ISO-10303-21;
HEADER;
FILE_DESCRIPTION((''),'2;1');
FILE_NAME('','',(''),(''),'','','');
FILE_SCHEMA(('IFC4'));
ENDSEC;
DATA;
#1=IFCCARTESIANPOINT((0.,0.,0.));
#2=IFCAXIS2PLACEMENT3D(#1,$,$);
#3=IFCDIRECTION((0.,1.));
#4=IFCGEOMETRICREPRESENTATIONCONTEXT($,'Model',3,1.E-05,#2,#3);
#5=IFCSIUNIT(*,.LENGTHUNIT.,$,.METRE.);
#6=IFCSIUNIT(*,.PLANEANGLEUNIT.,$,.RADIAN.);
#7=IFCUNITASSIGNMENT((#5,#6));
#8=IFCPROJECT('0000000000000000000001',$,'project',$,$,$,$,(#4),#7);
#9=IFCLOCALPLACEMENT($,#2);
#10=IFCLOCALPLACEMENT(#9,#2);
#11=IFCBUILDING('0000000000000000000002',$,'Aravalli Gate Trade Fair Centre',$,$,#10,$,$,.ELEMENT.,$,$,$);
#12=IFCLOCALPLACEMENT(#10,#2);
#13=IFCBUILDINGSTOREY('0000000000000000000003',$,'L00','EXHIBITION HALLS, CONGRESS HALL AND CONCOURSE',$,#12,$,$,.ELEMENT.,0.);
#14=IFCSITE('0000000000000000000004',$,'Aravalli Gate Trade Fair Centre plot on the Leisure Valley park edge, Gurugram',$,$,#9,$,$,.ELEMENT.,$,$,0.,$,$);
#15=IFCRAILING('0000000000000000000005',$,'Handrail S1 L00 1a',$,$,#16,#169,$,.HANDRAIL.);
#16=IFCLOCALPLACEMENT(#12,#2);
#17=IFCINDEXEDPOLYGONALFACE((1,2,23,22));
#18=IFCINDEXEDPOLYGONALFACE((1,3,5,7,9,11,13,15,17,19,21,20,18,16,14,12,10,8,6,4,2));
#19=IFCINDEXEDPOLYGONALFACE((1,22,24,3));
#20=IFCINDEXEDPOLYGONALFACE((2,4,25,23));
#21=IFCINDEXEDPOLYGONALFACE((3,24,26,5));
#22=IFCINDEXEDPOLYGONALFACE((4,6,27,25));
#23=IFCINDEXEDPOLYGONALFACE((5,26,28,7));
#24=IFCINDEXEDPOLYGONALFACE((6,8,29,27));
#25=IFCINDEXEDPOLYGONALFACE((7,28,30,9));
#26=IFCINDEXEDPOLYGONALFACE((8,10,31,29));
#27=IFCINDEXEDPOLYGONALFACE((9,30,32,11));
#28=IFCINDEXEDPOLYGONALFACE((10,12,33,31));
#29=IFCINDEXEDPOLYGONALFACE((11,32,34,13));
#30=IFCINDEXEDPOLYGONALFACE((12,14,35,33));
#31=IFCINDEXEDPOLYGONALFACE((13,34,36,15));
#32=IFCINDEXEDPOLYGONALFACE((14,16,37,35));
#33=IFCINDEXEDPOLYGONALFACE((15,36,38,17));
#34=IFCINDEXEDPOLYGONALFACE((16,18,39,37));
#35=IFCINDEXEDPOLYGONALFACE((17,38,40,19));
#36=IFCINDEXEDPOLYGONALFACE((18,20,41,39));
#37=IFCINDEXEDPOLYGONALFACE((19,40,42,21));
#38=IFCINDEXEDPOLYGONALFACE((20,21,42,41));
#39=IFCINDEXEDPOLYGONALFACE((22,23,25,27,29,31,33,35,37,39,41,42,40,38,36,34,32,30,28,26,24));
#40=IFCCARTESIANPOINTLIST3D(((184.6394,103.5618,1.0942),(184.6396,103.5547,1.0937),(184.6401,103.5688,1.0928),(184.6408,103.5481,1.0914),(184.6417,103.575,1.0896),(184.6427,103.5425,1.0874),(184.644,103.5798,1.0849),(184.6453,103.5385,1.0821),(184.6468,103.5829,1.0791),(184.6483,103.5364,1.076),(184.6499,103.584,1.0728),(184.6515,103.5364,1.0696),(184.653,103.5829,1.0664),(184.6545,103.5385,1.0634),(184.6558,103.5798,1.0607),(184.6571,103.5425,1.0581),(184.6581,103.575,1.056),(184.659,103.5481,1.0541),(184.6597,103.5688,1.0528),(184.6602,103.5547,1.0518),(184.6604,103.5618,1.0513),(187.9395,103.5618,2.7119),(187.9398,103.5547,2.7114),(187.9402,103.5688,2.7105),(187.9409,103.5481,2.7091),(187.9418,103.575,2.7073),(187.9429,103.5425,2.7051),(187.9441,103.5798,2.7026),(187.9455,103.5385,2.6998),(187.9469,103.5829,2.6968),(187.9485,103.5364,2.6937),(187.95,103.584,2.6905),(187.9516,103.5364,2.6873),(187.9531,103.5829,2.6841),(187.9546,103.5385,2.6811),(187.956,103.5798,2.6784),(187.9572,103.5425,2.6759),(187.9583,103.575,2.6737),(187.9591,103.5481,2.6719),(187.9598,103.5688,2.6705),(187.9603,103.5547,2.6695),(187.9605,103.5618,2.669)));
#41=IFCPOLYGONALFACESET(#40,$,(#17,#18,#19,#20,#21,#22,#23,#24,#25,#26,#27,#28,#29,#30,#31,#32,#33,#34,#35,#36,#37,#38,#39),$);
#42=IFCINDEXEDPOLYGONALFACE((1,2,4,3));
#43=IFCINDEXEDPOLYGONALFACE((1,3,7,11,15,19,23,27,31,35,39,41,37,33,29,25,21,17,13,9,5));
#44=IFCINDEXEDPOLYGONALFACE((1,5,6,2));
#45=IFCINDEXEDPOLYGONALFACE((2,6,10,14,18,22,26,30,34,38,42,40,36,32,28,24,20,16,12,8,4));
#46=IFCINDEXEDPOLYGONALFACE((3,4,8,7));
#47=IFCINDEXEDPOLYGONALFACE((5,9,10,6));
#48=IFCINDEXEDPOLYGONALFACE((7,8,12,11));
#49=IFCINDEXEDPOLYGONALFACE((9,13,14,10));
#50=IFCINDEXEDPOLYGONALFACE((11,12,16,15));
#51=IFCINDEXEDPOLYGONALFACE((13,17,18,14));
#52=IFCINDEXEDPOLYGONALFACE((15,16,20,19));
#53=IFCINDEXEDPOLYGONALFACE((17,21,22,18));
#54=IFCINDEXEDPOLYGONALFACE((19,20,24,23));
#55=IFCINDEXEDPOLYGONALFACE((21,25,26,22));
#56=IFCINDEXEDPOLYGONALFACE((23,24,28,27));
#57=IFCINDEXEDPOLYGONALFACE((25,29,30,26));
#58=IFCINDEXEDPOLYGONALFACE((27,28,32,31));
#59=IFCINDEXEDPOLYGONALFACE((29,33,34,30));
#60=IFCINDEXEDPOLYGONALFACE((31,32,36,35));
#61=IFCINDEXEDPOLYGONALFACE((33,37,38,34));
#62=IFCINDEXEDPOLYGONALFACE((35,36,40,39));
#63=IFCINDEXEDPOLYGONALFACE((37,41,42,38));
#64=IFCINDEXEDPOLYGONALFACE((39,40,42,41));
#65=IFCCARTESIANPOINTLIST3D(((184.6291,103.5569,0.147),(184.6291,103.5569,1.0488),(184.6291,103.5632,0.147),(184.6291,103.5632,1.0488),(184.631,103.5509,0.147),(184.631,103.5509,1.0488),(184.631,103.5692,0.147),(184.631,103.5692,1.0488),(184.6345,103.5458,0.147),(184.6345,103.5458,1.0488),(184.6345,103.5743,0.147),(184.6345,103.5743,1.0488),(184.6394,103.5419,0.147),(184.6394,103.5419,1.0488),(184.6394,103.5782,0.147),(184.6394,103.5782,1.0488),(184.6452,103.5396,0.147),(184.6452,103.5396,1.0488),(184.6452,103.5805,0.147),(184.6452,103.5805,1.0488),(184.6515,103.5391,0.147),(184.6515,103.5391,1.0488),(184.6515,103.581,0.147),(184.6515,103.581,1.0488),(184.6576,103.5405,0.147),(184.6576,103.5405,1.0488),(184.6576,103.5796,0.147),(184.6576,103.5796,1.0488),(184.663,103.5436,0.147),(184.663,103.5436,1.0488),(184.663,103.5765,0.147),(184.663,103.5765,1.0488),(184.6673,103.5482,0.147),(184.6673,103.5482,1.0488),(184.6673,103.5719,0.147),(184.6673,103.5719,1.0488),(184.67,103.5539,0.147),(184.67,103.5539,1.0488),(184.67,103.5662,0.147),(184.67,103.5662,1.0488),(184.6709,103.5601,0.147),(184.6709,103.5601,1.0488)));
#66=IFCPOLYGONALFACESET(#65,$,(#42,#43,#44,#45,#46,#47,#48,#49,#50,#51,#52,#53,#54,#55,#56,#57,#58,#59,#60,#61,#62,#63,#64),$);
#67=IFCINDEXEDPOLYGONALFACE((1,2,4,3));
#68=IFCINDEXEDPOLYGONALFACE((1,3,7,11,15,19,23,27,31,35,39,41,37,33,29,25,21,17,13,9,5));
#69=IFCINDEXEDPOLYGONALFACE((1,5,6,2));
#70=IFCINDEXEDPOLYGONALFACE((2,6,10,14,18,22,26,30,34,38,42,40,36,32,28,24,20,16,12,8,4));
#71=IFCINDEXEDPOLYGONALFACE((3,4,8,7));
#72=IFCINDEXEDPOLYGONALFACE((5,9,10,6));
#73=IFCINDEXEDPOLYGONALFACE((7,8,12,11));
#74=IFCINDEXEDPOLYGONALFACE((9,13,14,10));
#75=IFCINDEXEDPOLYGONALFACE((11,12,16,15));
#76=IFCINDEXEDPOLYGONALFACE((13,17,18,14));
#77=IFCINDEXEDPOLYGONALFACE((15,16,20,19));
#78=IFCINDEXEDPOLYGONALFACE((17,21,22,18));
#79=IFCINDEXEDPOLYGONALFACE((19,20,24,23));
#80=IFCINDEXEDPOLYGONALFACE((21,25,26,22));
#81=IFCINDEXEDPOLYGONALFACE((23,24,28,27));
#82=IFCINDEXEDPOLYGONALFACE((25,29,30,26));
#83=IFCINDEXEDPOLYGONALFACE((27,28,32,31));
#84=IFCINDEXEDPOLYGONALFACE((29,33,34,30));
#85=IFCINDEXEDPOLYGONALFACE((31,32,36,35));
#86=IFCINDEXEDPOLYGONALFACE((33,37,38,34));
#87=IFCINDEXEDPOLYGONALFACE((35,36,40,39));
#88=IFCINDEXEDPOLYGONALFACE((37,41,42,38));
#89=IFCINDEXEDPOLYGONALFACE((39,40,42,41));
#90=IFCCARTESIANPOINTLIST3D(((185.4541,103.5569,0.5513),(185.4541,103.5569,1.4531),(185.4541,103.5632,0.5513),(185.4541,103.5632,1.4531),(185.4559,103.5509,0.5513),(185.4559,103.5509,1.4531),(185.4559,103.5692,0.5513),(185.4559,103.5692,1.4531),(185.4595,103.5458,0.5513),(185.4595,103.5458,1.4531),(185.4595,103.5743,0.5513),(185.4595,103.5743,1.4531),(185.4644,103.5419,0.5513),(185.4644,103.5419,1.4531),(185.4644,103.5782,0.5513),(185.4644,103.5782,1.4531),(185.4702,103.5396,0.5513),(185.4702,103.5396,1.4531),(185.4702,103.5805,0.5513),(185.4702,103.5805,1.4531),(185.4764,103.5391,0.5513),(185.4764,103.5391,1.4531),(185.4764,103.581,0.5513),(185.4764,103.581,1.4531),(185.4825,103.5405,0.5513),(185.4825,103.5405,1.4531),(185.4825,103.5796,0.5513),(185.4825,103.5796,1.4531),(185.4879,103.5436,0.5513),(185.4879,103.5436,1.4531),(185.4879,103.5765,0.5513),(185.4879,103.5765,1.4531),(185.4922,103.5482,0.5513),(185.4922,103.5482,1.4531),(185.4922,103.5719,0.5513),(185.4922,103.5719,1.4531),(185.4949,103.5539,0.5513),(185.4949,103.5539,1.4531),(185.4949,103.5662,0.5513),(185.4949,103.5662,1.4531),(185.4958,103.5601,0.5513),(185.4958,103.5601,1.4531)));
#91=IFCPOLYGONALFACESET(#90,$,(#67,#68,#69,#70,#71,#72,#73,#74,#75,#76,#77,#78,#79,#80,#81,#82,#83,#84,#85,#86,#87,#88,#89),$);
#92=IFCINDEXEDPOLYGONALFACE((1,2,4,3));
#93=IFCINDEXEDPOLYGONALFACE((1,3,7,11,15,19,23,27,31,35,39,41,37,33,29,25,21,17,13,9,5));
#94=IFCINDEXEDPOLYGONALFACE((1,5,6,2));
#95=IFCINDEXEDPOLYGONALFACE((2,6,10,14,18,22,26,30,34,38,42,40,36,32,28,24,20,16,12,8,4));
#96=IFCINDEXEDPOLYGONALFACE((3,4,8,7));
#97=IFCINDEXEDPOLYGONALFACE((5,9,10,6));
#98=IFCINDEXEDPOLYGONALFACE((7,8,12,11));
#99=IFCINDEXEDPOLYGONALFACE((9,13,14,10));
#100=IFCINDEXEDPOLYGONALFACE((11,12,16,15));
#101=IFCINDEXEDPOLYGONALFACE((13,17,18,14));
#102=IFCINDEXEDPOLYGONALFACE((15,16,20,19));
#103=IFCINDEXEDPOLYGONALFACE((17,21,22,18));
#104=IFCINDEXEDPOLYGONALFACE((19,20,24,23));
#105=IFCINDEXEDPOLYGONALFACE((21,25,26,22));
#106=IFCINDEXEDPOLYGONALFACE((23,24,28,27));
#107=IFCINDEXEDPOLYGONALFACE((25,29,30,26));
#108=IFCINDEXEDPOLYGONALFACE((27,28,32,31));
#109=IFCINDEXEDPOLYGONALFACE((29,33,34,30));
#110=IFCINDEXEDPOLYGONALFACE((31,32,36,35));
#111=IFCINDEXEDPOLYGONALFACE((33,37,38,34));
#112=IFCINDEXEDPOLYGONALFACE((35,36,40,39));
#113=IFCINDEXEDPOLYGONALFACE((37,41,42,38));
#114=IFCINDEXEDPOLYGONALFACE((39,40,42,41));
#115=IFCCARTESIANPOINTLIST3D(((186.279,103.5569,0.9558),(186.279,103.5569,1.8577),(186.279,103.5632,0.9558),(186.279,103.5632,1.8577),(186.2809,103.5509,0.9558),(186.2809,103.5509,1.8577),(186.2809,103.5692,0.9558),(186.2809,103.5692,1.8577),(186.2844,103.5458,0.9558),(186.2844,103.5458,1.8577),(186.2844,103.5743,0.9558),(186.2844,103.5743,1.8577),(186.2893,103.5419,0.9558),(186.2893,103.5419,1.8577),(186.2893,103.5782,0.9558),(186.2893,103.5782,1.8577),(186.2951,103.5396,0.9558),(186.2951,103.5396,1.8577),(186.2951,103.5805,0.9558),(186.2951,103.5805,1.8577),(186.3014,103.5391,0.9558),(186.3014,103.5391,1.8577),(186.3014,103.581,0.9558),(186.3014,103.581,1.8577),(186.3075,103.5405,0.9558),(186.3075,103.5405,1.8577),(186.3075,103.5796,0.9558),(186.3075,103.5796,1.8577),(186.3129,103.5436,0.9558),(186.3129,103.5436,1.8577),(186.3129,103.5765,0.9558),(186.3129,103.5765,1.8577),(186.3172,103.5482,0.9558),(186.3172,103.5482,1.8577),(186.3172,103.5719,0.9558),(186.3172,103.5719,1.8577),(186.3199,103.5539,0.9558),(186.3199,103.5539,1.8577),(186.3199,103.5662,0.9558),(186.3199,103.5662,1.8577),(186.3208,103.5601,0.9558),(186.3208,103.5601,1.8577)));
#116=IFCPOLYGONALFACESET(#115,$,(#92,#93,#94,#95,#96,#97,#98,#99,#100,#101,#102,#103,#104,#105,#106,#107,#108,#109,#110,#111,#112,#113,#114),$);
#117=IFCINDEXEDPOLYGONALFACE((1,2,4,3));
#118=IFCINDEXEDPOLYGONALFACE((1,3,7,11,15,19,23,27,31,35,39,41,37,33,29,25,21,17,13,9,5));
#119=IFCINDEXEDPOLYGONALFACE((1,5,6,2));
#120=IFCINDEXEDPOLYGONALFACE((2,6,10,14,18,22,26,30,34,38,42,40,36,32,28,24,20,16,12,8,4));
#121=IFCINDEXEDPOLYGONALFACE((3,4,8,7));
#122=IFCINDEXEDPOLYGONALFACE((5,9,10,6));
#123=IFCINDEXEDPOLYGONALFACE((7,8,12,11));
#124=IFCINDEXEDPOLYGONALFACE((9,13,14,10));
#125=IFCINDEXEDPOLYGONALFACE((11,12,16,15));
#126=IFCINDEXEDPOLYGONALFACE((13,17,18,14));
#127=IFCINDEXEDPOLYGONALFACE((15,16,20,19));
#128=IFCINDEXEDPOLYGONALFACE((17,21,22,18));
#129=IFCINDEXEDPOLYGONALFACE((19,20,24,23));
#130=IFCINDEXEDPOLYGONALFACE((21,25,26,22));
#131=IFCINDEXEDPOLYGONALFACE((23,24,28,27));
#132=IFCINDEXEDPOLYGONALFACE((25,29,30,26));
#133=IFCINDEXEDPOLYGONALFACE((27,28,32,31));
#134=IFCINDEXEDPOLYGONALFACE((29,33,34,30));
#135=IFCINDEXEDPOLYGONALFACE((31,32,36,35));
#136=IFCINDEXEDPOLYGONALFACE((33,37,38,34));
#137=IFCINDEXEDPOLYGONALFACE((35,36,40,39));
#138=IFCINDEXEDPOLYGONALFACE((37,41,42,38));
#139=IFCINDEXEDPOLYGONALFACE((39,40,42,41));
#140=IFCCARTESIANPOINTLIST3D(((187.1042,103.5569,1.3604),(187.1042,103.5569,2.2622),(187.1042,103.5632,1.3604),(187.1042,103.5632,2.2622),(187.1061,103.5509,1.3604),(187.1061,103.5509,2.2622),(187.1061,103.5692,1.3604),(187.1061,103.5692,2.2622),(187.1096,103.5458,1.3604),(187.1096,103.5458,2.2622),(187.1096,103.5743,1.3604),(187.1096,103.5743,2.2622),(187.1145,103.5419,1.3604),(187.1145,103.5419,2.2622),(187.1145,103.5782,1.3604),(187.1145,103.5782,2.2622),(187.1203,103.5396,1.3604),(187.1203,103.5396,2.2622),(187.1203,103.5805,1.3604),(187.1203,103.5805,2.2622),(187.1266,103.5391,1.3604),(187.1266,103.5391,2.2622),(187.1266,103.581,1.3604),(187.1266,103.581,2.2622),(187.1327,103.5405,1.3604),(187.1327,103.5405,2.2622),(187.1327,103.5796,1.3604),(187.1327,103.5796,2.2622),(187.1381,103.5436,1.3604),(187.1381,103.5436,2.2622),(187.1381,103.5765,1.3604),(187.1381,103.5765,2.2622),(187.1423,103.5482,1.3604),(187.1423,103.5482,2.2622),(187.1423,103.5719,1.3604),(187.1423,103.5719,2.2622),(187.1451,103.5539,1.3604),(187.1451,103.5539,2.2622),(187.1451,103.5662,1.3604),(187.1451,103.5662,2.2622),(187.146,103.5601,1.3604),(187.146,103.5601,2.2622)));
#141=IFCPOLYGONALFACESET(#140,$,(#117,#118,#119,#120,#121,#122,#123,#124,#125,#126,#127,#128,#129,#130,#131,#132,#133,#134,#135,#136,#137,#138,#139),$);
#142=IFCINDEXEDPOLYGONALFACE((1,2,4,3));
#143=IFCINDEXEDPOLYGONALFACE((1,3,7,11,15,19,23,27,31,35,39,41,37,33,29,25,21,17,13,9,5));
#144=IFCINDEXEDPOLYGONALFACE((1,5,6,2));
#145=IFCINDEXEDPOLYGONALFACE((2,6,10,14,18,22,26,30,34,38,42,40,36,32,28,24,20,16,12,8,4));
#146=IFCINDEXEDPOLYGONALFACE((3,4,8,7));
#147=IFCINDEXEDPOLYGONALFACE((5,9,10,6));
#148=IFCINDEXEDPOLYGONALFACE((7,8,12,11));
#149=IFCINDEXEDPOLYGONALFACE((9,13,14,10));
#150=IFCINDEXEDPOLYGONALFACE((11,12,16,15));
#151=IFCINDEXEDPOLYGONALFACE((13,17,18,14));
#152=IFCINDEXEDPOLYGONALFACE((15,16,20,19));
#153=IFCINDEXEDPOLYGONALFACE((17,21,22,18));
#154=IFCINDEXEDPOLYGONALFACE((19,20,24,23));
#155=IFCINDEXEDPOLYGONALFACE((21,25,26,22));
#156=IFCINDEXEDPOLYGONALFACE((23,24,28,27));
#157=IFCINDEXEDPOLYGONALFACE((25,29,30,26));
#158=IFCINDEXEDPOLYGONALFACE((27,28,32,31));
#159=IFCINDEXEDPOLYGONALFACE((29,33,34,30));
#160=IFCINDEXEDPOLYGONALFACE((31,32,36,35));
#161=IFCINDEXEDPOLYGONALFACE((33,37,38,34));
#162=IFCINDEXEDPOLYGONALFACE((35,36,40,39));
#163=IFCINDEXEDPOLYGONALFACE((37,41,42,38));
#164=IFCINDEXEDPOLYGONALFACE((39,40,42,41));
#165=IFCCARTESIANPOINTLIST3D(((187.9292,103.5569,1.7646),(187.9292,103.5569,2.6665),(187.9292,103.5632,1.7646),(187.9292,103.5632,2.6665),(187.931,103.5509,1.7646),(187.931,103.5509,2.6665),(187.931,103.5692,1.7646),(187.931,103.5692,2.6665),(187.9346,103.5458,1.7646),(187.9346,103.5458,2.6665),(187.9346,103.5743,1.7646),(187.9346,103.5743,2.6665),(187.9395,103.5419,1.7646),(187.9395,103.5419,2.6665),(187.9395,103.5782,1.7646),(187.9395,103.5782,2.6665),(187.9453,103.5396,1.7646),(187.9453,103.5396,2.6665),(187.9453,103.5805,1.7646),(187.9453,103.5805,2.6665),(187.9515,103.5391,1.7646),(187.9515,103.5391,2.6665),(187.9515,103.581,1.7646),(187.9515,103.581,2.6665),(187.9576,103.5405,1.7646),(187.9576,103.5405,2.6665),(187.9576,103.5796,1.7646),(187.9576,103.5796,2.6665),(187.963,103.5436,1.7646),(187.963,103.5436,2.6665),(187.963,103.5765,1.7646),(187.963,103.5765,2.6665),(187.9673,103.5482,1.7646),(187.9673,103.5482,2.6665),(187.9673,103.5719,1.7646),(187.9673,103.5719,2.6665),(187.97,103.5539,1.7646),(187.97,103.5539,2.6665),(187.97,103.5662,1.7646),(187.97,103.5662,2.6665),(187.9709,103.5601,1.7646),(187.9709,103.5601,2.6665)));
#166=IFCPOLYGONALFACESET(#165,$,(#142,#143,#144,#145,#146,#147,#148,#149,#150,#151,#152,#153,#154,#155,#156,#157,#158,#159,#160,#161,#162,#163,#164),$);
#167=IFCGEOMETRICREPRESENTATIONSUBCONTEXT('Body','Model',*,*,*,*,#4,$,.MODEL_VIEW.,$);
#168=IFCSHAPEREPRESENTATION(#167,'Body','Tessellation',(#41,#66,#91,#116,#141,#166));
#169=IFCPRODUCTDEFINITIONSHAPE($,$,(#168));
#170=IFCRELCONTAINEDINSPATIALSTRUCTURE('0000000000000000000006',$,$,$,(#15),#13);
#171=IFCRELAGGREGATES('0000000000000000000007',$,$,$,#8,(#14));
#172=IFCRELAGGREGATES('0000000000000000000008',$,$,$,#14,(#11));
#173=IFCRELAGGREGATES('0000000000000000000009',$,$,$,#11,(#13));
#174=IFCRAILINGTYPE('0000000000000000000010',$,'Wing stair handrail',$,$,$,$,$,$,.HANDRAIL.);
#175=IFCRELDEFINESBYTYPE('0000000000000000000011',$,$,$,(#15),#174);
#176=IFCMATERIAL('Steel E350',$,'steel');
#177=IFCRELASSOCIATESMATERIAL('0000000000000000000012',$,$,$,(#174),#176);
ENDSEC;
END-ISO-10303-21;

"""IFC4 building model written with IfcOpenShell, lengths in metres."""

from ifc_helpers import new_model, si_unit, direction, frame, origin, origin_2d, place, context, subcontext, project, spatial, circle, extrude, material, type_object, element, save


model = new_model("IFC4")

# Units and contexts
model_context = context("Model", 3, precision=1e-05, world=origin(), true_north=direction((0.0, 1.0)))
body_context = subcontext(model_context, "Body", "Model", "MODEL_VIEW")
ifc_project = project(units=[si_unit("LENGTHUNIT", "METRE"), si_unit("PLANEANGLEUNIT", "RADIAN")], contexts=[model_context])

# Site, building, storey
site_placement = place(None, origin())
site = spatial("IfcSite", under=ifc_project, at=site_placement, Name="Aravalli Gate Trade Fair Centre plot on the Leisure Valley park edge, Gurugram", CompositionType="ELEMENT", RefElevation=0.0)
building_placement = place(site_placement, origin())
building = spatial("IfcBuilding", under=site, at=building_placement, Name="Aravalli Gate Trade Fair Centre", CompositionType="ELEMENT")
storey_placement = place(building_placement, origin())
storey = spatial("IfcBuildingStorey", under=building, at=storey_placement, Name="L00", Description="EXHIBITION HALLS, CONGRESS HALL AND CONCOURSE", CompositionType="ELEMENT", Elevation=0.0)

# Shared definitions
ifc_material_1 = material(Name="Steel E350", Category="steel")

# Railing
railing_type_1 = type_object("IfcRailingType", Name="Wing stair handrail", PredefinedType="HANDRAIL", material=ifc_material_1)
railing_1_placement = place(storey_placement, frame((184.6499, 103.5601, 0.147)))
element("IfcRailing", 1, at=railing_1_placement, inside=storey, type_object=railing_type_1, Name="Handrail S1 L00 1a", PredefinedType="HANDRAIL", context=body_context, shape_type="SweptSolid", body=[
    extrude(circle(Radius=0.0239, at=origin_2d()), frame((0.0, 0.0, 0.9258), z_axis=(0.89792, 0.0, 0.440158), x_axis=(0.0, 1.0, 0.0)), (0.0, 0.0, 1.0), 3.6753),
    extrude(circle(Radius=0.021, at=origin_2d()), origin(), (0.0, 0.0, 1.0), 0.9019),
    extrude(circle(Radius=0.021, at=origin_2d()), frame((0.825, 0.0, 0.4043)), (0.0, 0.0, 1.0), 0.9019),
    extrude(circle(Radius=0.021, at=origin_2d()), frame((1.6499, 0.0, 0.8088)), (0.0, 0.0, 1.0), 0.9019),
    extrude(circle(Radius=0.021, at=origin_2d()), frame((2.4751, 0.0, 1.2134)), (0.0, 0.0, 1.0), 0.9019),
    extrude(circle(Radius=0.021, at=origin_2d()), frame((3.3, 0.0, 1.6177)), (0.0, 0.0, 1.0), 0.9019),
])

save(model, "model.ifc")
